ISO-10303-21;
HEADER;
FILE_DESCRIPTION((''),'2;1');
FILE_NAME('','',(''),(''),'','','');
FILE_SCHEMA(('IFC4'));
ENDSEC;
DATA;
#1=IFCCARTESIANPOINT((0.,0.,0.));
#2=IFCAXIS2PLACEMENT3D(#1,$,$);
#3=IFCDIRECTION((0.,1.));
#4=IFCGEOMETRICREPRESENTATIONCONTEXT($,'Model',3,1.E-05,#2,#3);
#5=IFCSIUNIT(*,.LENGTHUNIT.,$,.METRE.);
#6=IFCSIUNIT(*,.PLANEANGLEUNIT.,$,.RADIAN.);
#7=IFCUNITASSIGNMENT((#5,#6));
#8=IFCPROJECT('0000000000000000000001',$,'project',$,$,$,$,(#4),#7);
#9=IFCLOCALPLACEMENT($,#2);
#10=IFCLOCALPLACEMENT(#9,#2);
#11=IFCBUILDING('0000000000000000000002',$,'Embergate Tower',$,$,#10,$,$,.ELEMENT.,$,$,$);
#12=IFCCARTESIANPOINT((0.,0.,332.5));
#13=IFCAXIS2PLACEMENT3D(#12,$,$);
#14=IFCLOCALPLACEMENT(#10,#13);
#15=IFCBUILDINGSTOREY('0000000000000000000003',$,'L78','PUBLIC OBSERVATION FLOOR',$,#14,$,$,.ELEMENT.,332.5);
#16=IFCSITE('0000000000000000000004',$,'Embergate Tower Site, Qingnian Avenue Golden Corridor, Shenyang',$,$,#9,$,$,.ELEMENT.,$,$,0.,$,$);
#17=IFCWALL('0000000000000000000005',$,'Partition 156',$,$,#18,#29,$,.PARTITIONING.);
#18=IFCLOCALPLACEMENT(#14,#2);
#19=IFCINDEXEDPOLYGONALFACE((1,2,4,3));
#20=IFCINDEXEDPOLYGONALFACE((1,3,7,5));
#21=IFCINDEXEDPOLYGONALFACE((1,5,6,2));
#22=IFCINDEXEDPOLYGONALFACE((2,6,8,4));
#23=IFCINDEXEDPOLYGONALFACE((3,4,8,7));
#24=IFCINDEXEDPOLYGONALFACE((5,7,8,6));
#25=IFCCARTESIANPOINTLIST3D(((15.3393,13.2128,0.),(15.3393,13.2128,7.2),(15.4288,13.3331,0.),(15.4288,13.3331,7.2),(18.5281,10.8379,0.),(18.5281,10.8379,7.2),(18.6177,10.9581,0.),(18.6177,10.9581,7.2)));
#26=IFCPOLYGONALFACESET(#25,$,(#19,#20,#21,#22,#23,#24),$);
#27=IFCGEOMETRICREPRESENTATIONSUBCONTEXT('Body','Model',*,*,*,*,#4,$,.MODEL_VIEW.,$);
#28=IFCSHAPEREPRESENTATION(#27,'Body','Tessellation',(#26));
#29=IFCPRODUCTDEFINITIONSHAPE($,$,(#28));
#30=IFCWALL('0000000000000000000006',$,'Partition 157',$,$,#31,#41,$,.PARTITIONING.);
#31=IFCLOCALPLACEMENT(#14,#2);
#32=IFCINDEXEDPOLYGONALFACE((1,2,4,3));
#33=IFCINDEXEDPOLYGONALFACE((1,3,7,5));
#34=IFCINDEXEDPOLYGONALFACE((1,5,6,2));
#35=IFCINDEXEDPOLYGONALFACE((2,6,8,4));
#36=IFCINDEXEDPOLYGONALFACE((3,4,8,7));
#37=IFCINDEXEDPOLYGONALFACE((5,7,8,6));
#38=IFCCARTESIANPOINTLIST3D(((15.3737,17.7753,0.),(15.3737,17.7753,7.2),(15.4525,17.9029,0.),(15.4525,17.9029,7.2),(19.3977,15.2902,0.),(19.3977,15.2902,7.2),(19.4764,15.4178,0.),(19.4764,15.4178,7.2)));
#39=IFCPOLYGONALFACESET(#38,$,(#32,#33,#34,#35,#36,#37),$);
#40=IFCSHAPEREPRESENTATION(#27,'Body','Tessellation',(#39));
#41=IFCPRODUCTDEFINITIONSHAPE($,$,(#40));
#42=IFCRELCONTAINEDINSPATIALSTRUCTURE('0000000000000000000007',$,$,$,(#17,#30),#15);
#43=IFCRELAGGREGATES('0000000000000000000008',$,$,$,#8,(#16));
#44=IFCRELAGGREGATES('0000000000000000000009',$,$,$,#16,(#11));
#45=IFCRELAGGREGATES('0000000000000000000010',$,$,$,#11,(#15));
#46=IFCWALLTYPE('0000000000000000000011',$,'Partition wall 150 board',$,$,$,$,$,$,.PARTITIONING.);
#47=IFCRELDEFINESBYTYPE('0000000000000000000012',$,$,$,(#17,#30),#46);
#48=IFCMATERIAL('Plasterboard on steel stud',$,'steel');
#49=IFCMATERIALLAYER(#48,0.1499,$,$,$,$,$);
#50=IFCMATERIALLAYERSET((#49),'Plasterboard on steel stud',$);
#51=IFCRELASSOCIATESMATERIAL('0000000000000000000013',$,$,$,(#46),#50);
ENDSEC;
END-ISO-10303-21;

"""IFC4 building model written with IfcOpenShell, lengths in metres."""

from ifc_helpers import new_model, si_unit, direction, frame, frame_2d, origin, place, context, subcontext, project, spatial, rectangle, extrude, source, transform, mapped, material, layer, layer_set, type_object, element, save


model = new_model("IFC4")

# Units and contexts
model_context = context("Model", 3, precision=1e-05, world=origin(), true_north=direction((0.0, 1.0)))
body_context = subcontext(model_context, "Body", "Model", "MODEL_VIEW")
ifc_project = project(units=[si_unit("LENGTHUNIT", "METRE"), si_unit("PLANEANGLEUNIT", "RADIAN")], contexts=[model_context])

# Site, building, storey
site_placement = place(None, origin())
site = spatial("IfcSite", under=ifc_project, at=site_placement, Name="Embergate Tower Site, Qingnian Avenue Golden Corridor, Shenyang", CompositionType="ELEMENT", RefElevation=0.0)
building_placement = place(site_placement, origin())
building = spatial("IfcBuilding", under=site, at=building_placement, Name="Embergate Tower", CompositionType="ELEMENT")
storey_placement = place(building_placement, frame((0.0, 0.0, 332.5)))
storey = spatial("IfcBuildingStorey", under=building, at=storey_placement, Name="L78", Description="PUBLIC OBSERVATION FLOOR", CompositionType="ELEMENT", Elevation=332.5)

# Shared definitions
ifc_material_1 = material(Name="Plasterboard on steel stud", Category="steel")
ifc_layer_1 = layer(ifc_material_1, 0.1499)
ifc_layer_set_1 = layer_set([ifc_layer_1], Name="Plasterboard on steel stud")
wall_type_1 = type_object("IfcWallType", Name="Partition wall 150 board", PredefinedType="PARTITIONING", material=ifc_layer_set_1)

# Walls
shared_shape_1 = source(origin(), body_context, "Body", "SweptSolid", [
    extrude(rectangle(XDim=3.9761, YDim=0.1499, at=frame_2d((1.988, 0.0))), origin(), (0.0, 0.0, 1.0), 7.2),
])
wall_1_placement = place(storey_placement, frame((15.384, 13.2729, 0.0), z_axis=(0.0, 0.0, 1.0), x_axis=(0.802014, -0.597305, 0.0)))
element("IfcWall", 1, at=wall_1_placement, inside=storey, type_object=wall_type_1, Name="Partition 156", PredefinedType="PARTITIONING", context=body_context, shape_type="MappedRepresentation", body=[
    mapped(shared_shape_1, transform((0.0, 0.0, 0.0))),
])
shared_shape_2 = source(origin(), body_context, "Body", "SweptSolid", [
    extrude(rectangle(XDim=4.7295, YDim=0.1499, at=frame_2d((2.3647, 0.0))), origin(), (0.0, 0.0, 1.0), 7.2),
])
wall_2_placement = place(storey_placement, frame((15.4131, 17.8391, 0.0), z_axis=(0.0, 0.0, 1.0), x_axis=(0.850822, -0.525453, 0.0)))
element("IfcWall", 2, at=wall_2_placement, inside=storey, type_object=wall_type_1, Name="Partition 157", PredefinedType="PARTITIONING", context=body_context, shape_type="MappedRepresentation", body=[
    mapped(shared_shape_2, transform((0.0, 0.0, 0.0))),
])

save(model, "model.ifc")
